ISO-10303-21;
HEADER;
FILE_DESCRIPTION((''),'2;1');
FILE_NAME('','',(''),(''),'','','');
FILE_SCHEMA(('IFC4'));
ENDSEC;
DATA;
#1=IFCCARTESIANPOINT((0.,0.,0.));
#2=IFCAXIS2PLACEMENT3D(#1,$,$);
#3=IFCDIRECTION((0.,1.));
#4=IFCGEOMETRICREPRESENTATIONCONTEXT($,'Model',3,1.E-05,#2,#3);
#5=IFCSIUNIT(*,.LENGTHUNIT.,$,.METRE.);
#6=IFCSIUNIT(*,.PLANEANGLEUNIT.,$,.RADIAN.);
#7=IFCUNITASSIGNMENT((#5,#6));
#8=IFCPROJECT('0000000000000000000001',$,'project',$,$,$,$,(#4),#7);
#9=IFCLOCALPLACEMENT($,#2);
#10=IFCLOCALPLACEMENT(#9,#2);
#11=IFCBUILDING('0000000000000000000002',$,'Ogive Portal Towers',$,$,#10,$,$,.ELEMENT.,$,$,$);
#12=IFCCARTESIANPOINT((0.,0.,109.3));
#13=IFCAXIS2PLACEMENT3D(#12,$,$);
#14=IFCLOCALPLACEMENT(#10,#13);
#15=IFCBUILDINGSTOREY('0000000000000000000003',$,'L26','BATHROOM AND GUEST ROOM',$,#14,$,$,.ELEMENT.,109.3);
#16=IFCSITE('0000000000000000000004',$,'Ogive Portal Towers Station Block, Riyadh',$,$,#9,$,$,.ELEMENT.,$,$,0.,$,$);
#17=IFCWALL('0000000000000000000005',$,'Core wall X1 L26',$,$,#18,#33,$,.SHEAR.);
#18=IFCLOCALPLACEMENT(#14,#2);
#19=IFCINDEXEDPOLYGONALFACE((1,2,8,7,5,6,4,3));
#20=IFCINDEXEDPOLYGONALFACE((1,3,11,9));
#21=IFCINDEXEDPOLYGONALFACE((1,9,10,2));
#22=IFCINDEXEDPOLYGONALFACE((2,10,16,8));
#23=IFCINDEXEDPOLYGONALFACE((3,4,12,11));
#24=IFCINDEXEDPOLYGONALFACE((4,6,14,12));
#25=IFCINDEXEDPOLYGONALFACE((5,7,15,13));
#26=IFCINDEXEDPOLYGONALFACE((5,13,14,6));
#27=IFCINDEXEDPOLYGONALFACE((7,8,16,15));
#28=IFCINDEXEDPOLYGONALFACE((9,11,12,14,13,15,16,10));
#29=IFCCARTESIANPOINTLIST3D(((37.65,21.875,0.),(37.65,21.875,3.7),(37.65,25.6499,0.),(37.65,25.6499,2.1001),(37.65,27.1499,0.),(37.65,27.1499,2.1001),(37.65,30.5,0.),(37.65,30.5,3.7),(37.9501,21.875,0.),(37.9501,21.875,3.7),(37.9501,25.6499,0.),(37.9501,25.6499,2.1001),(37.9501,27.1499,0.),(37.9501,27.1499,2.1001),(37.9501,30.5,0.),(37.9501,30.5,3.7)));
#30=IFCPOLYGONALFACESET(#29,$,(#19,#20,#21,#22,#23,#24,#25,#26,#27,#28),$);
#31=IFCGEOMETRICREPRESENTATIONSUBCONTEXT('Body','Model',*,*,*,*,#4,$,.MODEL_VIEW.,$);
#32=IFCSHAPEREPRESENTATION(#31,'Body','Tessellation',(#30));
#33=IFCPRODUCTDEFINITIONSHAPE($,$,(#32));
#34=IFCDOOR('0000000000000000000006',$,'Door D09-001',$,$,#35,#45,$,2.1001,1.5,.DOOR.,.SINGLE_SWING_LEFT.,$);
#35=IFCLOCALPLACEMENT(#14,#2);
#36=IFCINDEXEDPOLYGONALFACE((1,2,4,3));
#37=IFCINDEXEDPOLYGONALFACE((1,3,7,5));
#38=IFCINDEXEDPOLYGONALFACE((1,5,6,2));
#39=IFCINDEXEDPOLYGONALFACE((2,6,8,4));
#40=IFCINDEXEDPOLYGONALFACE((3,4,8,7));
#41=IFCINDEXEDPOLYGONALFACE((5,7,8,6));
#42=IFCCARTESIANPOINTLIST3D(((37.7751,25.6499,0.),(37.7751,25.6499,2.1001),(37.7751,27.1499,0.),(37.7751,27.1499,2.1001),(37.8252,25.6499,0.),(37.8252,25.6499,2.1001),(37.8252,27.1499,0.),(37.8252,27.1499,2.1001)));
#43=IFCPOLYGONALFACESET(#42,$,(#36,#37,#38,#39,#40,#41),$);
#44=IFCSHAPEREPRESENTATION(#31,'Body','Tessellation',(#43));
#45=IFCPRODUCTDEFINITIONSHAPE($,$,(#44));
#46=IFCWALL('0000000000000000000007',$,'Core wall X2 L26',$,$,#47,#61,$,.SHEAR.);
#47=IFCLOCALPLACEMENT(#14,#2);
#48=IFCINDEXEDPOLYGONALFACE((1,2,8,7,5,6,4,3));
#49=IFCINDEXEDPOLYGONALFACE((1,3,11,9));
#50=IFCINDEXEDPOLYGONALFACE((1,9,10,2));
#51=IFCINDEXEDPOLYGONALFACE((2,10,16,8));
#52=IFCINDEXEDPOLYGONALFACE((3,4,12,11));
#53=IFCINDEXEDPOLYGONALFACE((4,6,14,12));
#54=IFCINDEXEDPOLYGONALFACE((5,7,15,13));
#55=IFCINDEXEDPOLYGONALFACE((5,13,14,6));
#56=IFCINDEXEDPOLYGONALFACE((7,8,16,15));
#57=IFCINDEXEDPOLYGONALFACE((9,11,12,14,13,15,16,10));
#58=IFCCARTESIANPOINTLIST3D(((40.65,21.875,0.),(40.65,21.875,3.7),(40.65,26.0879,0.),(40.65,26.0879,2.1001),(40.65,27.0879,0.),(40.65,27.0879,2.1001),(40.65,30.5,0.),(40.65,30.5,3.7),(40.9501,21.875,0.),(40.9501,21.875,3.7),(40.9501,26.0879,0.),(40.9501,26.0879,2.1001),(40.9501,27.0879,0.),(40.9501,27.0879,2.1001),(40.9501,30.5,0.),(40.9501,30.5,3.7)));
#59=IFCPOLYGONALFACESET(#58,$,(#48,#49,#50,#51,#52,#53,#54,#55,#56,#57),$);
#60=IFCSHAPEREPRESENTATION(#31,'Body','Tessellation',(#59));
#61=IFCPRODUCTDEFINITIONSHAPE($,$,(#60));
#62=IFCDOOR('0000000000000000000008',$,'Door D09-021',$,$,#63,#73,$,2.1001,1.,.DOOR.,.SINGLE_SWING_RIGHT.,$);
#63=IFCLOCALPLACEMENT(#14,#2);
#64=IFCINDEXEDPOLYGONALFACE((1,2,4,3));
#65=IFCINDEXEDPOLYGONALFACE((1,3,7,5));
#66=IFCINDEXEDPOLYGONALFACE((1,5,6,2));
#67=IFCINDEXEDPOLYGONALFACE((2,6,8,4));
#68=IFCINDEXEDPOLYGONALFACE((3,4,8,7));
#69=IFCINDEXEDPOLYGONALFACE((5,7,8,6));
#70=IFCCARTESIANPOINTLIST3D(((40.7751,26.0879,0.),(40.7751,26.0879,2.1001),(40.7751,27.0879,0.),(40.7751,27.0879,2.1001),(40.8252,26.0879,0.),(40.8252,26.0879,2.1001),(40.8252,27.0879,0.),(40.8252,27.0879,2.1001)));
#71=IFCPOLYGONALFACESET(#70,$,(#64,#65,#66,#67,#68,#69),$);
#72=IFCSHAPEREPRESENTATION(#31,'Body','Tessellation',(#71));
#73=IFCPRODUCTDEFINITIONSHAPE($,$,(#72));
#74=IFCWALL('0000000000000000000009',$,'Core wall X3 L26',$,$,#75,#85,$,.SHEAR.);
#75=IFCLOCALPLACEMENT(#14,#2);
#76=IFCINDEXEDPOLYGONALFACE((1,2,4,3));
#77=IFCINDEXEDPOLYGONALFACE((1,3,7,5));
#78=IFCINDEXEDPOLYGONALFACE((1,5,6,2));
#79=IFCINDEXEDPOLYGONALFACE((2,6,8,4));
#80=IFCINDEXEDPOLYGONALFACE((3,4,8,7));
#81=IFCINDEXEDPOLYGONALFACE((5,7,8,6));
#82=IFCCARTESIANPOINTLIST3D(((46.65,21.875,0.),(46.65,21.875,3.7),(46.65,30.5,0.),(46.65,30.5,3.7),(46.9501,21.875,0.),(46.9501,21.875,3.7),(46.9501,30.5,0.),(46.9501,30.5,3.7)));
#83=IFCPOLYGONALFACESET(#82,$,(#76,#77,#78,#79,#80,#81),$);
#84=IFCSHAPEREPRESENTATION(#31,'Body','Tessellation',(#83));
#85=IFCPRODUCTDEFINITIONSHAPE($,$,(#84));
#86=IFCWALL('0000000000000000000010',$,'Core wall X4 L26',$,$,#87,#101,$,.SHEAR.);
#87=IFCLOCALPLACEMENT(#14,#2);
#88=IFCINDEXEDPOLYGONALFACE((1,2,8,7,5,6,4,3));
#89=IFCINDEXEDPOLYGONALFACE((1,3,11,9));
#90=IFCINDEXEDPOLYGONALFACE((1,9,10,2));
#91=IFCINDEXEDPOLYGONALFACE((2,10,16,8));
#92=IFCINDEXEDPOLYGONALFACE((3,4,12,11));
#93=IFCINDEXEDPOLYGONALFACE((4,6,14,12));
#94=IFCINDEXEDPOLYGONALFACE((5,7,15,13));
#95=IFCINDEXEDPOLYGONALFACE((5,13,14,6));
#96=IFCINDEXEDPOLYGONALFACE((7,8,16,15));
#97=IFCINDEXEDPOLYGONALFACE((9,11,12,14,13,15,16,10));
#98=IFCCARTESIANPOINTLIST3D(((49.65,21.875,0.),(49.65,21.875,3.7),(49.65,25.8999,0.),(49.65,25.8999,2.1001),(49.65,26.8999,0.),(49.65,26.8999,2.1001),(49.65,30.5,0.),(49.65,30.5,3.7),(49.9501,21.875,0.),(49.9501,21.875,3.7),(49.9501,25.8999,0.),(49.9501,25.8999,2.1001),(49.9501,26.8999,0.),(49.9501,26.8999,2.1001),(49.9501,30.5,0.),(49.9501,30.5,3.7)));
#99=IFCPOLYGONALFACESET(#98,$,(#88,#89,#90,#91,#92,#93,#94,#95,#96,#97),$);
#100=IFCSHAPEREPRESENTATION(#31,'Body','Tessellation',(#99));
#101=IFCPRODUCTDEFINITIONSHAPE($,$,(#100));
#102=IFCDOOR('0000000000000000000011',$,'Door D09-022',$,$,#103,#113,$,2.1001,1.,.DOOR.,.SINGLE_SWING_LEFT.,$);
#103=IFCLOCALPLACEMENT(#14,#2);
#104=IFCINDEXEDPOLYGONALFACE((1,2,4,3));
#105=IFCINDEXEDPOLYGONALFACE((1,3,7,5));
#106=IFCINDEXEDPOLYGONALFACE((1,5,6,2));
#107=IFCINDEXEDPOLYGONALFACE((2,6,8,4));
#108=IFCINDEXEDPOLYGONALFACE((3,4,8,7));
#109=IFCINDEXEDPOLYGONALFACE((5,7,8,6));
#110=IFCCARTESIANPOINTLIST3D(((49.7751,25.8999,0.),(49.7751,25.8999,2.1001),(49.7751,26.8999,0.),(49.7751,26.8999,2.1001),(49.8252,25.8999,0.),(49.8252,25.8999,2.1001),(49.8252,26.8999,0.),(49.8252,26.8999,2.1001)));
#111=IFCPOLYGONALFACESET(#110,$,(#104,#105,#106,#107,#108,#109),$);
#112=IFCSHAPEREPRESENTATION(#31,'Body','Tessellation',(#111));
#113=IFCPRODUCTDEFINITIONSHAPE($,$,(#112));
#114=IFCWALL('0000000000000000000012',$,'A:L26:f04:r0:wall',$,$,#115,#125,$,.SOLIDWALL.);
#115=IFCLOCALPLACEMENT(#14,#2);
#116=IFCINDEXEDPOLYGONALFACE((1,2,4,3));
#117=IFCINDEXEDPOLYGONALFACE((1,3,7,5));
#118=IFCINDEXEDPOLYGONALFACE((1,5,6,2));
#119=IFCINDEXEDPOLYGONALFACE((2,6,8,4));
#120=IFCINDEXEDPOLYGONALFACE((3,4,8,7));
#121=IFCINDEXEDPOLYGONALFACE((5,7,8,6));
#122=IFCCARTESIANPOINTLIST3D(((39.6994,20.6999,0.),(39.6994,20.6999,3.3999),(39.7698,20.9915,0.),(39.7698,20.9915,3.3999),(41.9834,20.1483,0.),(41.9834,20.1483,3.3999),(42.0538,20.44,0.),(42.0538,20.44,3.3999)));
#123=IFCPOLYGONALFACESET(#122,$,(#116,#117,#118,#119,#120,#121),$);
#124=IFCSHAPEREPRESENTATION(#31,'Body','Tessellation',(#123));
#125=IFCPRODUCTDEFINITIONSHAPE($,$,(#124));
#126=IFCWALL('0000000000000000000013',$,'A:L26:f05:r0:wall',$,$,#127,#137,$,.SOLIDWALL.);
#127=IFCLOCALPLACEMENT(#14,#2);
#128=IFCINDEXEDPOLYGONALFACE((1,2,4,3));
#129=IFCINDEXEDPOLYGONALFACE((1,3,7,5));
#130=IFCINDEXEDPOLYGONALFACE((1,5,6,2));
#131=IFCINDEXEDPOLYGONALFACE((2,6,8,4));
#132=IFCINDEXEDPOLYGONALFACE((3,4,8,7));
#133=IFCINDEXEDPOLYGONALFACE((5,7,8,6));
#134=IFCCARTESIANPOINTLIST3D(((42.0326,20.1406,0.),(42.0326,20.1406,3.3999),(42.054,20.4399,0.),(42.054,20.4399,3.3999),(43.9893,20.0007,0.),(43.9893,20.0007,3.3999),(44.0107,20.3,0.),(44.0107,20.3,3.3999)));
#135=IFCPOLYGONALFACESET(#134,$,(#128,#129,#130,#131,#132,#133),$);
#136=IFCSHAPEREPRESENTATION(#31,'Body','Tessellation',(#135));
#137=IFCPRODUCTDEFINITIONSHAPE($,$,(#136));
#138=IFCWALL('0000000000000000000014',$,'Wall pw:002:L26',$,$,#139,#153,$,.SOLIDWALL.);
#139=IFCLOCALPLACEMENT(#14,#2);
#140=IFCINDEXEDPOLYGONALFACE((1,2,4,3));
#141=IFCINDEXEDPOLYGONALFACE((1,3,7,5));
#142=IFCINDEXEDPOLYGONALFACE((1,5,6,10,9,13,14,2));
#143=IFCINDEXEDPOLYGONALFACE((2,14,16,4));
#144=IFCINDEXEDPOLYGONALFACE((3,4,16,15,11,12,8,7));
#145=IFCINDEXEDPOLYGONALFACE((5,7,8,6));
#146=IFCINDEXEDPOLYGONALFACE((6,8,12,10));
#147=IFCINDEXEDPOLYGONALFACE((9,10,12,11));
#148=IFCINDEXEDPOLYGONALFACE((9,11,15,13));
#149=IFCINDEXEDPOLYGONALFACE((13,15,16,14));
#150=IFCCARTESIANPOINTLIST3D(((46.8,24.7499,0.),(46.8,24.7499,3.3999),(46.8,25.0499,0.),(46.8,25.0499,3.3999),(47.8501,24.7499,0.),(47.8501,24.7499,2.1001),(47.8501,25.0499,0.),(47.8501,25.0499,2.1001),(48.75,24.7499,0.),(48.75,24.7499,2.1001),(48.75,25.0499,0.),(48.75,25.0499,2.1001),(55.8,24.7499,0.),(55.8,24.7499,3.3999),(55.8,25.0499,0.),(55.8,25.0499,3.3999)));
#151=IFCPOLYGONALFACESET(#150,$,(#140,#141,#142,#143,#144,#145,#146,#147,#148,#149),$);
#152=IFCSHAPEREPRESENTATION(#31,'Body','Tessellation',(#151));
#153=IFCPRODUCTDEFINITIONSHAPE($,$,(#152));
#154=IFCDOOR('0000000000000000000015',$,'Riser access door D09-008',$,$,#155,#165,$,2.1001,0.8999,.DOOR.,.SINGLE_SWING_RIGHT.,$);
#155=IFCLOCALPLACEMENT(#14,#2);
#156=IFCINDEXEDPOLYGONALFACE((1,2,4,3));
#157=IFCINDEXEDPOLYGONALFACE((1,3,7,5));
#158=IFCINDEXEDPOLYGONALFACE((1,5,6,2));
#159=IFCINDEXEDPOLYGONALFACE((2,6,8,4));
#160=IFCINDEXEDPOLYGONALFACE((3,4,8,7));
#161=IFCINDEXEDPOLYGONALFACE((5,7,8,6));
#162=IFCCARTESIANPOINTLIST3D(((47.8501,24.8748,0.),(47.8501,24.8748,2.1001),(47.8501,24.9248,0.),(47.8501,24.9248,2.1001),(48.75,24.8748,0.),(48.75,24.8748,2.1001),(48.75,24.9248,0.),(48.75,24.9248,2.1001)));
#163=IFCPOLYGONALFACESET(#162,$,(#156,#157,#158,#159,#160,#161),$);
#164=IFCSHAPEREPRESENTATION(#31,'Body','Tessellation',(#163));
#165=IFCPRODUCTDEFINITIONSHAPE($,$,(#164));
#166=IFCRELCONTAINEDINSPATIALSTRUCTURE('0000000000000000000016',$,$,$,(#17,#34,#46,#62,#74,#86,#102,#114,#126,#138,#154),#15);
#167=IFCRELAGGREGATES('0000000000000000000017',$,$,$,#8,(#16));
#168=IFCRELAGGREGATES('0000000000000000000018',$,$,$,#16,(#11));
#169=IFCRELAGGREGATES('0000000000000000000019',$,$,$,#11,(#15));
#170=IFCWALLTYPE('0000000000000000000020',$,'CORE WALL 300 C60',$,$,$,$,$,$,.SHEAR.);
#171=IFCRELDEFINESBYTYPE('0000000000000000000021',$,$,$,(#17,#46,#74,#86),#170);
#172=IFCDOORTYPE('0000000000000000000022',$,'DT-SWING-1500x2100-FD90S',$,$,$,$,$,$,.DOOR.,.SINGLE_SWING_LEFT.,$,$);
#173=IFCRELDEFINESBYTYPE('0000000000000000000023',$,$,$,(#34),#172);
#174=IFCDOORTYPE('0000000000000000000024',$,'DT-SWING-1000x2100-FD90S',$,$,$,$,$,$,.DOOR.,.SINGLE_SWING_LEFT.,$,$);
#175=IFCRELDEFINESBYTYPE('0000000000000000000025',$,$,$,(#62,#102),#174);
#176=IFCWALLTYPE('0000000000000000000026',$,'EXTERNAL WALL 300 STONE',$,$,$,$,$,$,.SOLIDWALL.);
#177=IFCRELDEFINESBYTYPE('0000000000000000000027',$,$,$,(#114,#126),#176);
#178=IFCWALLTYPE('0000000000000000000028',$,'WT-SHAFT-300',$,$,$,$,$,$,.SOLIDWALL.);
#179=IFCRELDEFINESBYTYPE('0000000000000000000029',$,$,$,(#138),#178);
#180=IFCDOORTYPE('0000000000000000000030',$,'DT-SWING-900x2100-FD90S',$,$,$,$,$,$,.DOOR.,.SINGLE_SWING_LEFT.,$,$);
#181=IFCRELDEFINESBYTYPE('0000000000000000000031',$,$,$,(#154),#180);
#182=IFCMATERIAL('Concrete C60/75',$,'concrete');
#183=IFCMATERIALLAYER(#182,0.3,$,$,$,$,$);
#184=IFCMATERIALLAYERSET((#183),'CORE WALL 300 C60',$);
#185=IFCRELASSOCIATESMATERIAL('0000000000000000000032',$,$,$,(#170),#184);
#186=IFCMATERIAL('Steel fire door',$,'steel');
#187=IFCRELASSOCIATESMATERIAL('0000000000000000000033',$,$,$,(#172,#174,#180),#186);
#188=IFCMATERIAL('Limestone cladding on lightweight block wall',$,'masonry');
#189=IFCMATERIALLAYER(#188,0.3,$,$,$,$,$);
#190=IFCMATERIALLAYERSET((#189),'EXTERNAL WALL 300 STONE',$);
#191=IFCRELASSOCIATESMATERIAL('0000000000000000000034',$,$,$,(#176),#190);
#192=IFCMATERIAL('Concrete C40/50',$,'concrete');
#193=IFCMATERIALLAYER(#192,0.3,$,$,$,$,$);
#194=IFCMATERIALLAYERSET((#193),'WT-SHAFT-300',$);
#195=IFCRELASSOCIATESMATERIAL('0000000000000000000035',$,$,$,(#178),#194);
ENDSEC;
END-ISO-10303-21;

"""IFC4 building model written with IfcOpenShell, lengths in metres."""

from ifc_helpers import new_model, si_unit, direction, frame, frame_2d, origin, place, context, subcontext, project, spatial, rectangle, extrude, material, layer, layer_set, type_object, element, fill, save


model = new_model("IFC4")

# Units and contexts
model_context = context("Model", 3, precision=1e-05, world=origin(), true_north=direction((0.0, 1.0)))
body_context = subcontext(model_context, "Body", "Model", "MODEL_VIEW")
ifc_project = project(units=[si_unit("LENGTHUNIT", "METRE"), si_unit("PLANEANGLEUNIT", "RADIAN")], contexts=[model_context])

# Site, building, storey
site_placement = place(None, origin())
site = spatial("IfcSite", under=ifc_project, at=site_placement, Name="Ogive Portal Towers Station Block, Riyadh", CompositionType="ELEMENT", RefElevation=0.0)
building_placement = place(site_placement, origin())
building = spatial("IfcBuilding", under=site, at=building_placement, Name="Ogive Portal Towers", CompositionType="ELEMENT")
storey_placement = place(building_placement, frame((0.0, 0.0, 109.3)))
storey = spatial("IfcBuildingStorey", under=building, at=storey_placement, Name="L26", Description="BATHROOM AND GUEST ROOM", CompositionType="ELEMENT", Elevation=109.3)

# Walls, openings, doors
ifc_material_1 = material(Name="Concrete C60/75", Category="concrete")
ifc_layer_1 = layer(ifc_material_1, 0.3)
ifc_layer_set_1 = layer_set([ifc_layer_1], Name="CORE WALL 300 C60")
wall_type_1 = type_object("IfcWallType", Name="CORE WALL 300 C60", PredefinedType="SHEAR", material=ifc_layer_set_1)
wall_1_placement = place(storey_placement, frame((37.8, 21.875, 0.0), z_axis=(0.0, 0.0, 1.0), x_axis=(0.0, 1.0, 0.0)))
wall_1 = element("IfcWall", 1, at=wall_1_placement, inside=storey, type_object=wall_type_1, Name="Core wall X1 L26", PredefinedType="SHEAR", context=body_context, shape_type="SweptSolid", body=[
    extrude(rectangle(XDim=8.625, YDim=0.3, at=frame_2d((4.3125, 0.0))), origin(), (0.0, 0.0, 1.0), 3.7),
])
opening_1_placement = place(wall_1_placement, frame((3.7749, 0.0, 0.0)))
opening_1 = element("IfcOpeningElement", 2, at=opening_1_placement, cuts=wall_1, PredefinedType="OPENING", context=body_context, shape_type="SweptSolid", body=[
    extrude(rectangle(XDim=1.5, YDim=2.1001, at=frame_2d((0.75, 1.05))), frame((0.0, 0.1602, 0.0), z_axis=(0.0, -1.0, 0.0), x_axis=(1.0, 0.0, 0.0)), (0.0, 0.0, 1.0), 0.3201),
])
ifc_material_2 = material(Name="Steel fire door", Category="steel")
door_type_1 = type_object("IfcDoorType", Name="DT-SWING-1500x2100-FD90S", OperationType="SINGLE_SWING_LEFT", PredefinedType="DOOR", material=ifc_material_2)
door_1_placement = place(opening_1_placement, origin())
door_1 = element("IfcDoor", 3, at=door_1_placement, inside=storey, type_object=door_type_1, Name="Door D09-001", OperationType="SINGLE_SWING_LEFT", OverallHeight=2.1001, OverallWidth=1.5, PredefinedType="DOOR", context=body_context, shape_type="SweptSolid", body=[
    extrude(rectangle(XDim=1.5, YDim=2.1001, at=frame_2d((0.75, 1.05))), frame((0.0, 0.0249, 0.0), z_axis=(0.0, -1.0, 0.0), x_axis=(1.0, 0.0, 0.0)), (0.0, 0.0, 1.0), 0.05),
])
fill(opening_1, door_1)
wall_2_placement = place(storey_placement, frame((40.8, 21.875, 0.0), z_axis=(0.0, 0.0, 1.0), x_axis=(0.0, 1.0, 0.0)))
wall_2 = element("IfcWall", 4, at=wall_2_placement, inside=storey, type_object=wall_type_1, Name="Core wall X2 L26", PredefinedType="SHEAR", context=body_context, shape_type="SweptSolid", body=[
    extrude(rectangle(XDim=8.625, YDim=0.3, at=frame_2d((4.3125, 0.0))), origin(), (0.0, 0.0, 1.0), 3.7),
])
opening_2_placement = place(wall_2_placement, frame((4.2129, 0.0, 0.0)))
opening_2 = element("IfcOpeningElement", 5, at=opening_2_placement, cuts=wall_2, PredefinedType="OPENING", context=body_context, shape_type="SweptSolid", body=[
    extrude(rectangle(XDim=1.0, YDim=2.1001, at=frame_2d((0.5, 1.05))), frame((0.0, 0.1602, 0.0), z_axis=(0.0, -1.0, 0.0), x_axis=(1.0, 0.0, 0.0)), (0.0, 0.0, 1.0), 0.3201),
])
door_type_2 = type_object("IfcDoorType", Name="DT-SWING-1000x2100-FD90S", OperationType="SINGLE_SWING_LEFT", PredefinedType="DOOR", material=ifc_material_2)
door_2_placement = place(opening_2_placement, origin())
door_2 = element("IfcDoor", 6, at=door_2_placement, inside=storey, type_object=door_type_2, Name="Door D09-021", OperationType="SINGLE_SWING_RIGHT", OverallHeight=2.1001, OverallWidth=1.0, PredefinedType="DOOR", context=body_context, shape_type="SweptSolid", body=[
    extrude(rectangle(XDim=1.0, YDim=2.1001, at=frame_2d((0.5, 1.05))), frame((0.0, 0.0249, 0.0), z_axis=(0.0, -1.0, 0.0), x_axis=(1.0, 0.0, 0.0)), (0.0, 0.0, 1.0), 0.05),
])
fill(opening_2, door_2)

# Wall
wall_3_placement = place(storey_placement, frame((46.8, 21.875, 0.0), z_axis=(0.0, 0.0, 1.0), x_axis=(0.0, 1.0, 0.0)))
element("IfcWall", 7, at=wall_3_placement, inside=storey, type_object=wall_type_1, Name="Core wall X3 L26", PredefinedType="SHEAR", context=body_context, shape_type="SweptSolid", body=[
    extrude(rectangle(XDim=8.625, YDim=0.3, at=frame_2d((4.3125, 0.0))), origin(), (0.0, 0.0, 1.0), 3.7),
])

# Wall, opening, door
wall_4_placement = place(storey_placement, frame((49.8, 21.875, 0.0), z_axis=(0.0, 0.0, 1.0), x_axis=(0.0, 1.0, 0.0)))
wall_4 = element("IfcWall", 8, at=wall_4_placement, inside=storey, type_object=wall_type_1, Name="Core wall X4 L26", PredefinedType="SHEAR", context=body_context, shape_type="SweptSolid", body=[
    extrude(rectangle(XDim=8.625, YDim=0.3, at=frame_2d((4.3125, 0.0))), origin(), (0.0, 0.0, 1.0), 3.7),
])
opening_3_placement = place(wall_4_placement, frame((4.0249, 0.0, 0.0)))
opening_3 = element("IfcOpeningElement", 9, at=opening_3_placement, cuts=wall_4, PredefinedType="OPENING", context=body_context, shape_type="SweptSolid", body=[
    extrude(rectangle(XDim=1.0, YDim=2.1001, at=frame_2d((0.5, 1.05))), frame((0.0, 0.1602, 0.0), z_axis=(0.0, -1.0, 0.0), x_axis=(1.0, 0.0, 0.0)), (0.0, 0.0, 1.0), 0.3201),
])
door_3_placement = place(opening_3_placement, origin())
door_3 = element("IfcDoor", 10, at=door_3_placement, inside=storey, type_object=door_type_2, Name="Door D09-022", OperationType="SINGLE_SWING_LEFT", OverallHeight=2.1001, OverallWidth=1.0, PredefinedType="DOOR", context=body_context, shape_type="SweptSolid", body=[
    extrude(rectangle(XDim=1.0, YDim=2.1001, at=frame_2d((0.5, 1.05))), frame((0.0, 0.0249, 0.0), z_axis=(0.0, -1.0, 0.0), x_axis=(1.0, 0.0, 0.0)), (0.0, 0.0, 1.0), 0.05),
])
fill(opening_3, door_3)

# Walls
ifc_material_3 = material(Name="Limestone cladding on lightweight block wall", Category="masonry")
ifc_layer_2 = layer(ifc_material_3, 0.3)
ifc_layer_set_2 = layer_set([ifc_layer_2], Name="EXTERNAL WALL 300 STONE")
wall_type_2 = type_object("IfcWallType", Name="EXTERNAL WALL 300 STONE", PredefinedType="SOLIDWALL", material=ifc_layer_set_2)
wall_5_placement = place(storey_placement, frame((39.7346, 20.8457, 0.0), z_axis=(0.0, 0.0, 1.0), x_axis=(0.972061, -0.234729, 0.0)))
element("IfcWall", 11, at=wall_5_placement, inside=storey, type_object=wall_type_2, Name="A:L26:f04:r0:wall", PredefinedType="SOLIDWALL", context=body_context, shape_type="SweptSolid", body=[
    extrude(rectangle(XDim=2.3496, YDim=0.3, at=frame_2d((1.1748, 0.0))), origin(), (0.0, 0.0, 1.0), 3.3999),
])
wall_6_placement = place(storey_placement, frame((42.0432, 20.2903, 0.0), z_axis=(0.0, 0.0, 1.0), x_axis=(0.997454, -0.071309, 0.0)))
element("IfcWall", 12, at=wall_6_placement, inside=storey, type_object=wall_type_2, Name="A:L26:f05:r0:wall", PredefinedType="SOLIDWALL", context=body_context, shape_type="SweptSolid", body=[
    extrude(rectangle(XDim=1.9617, YDim=0.3, at=frame_2d((0.981, 0.0))), origin(), (0.0, 0.0, 1.0), 3.3999),
])

# Wall, opening, door
ifc_material_4 = material(Name="Concrete C40/50", Category="concrete")
ifc_layer_3 = layer(ifc_material_4, 0.3)
ifc_layer_set_3 = layer_set([ifc_layer_3], Name="WT-SHAFT-300")
wall_type_3 = type_object("IfcWallType", Name="WT-SHAFT-300", PredefinedType="SOLIDWALL", material=ifc_layer_set_3)
wall_7_placement = place(storey_placement, frame((46.8, 24.8999, 0.0), z_axis=(0.0, 0.0, 1.0), x_axis=(1.0, 0.0, 0.0)))
wall_7 = element("IfcWall", 13, at=wall_7_placement, inside=storey, type_object=wall_type_3, Name="Wall pw:002:L26", PredefinedType="SOLIDWALL", context=body_context, shape_type="SweptSolid", body=[
    extrude(rectangle(XDim=9.0, YDim=0.3, at=frame_2d((4.5, 0.0))), origin(), (0.0, 0.0, 1.0), 3.3999),
])
opening_4_placement = place(wall_7_placement, frame((1.05, 0.0, 0.0)))
opening_4 = element("IfcOpeningElement", 14, at=opening_4_placement, cuts=wall_7, PredefinedType="OPENING", context=body_context, shape_type="SweptSolid", body=[
    extrude(rectangle(XDim=0.8999, YDim=2.1001, at=frame_2d((0.45, 1.05))), frame((0.0, 0.1602, 0.0), z_axis=(0.0, -1.0, 0.0), x_axis=(1.0, 0.0, 0.0)), (0.0, 0.0, 1.0), 0.3201),
])
door_type_3 = type_object("IfcDoorType", Name="DT-SWING-900x2100-FD90S", OperationType="SINGLE_SWING_LEFT", PredefinedType="DOOR", material=ifc_material_2)
door_4_placement = place(opening_4_placement, origin())
door_4 = element("IfcDoor", 15, at=door_4_placement, inside=storey, type_object=door_type_3, Name="Riser access door D09-008", OperationType="SINGLE_SWING_RIGHT", OverallHeight=2.1001, OverallWidth=0.8999, PredefinedType="DOOR", context=body_context, shape_type="SweptSolid", body=[
    extrude(rectangle(XDim=0.8999, YDim=2.1001, at=frame_2d((0.45, 1.05))), frame((0.0, 0.0249, 0.0), z_axis=(0.0, -1.0, 0.0), x_axis=(1.0, 0.0, 0.0)), (0.0, 0.0, 1.0), 0.05),
])
fill(opening_4, door_4)

save(model, "model.ifc")
